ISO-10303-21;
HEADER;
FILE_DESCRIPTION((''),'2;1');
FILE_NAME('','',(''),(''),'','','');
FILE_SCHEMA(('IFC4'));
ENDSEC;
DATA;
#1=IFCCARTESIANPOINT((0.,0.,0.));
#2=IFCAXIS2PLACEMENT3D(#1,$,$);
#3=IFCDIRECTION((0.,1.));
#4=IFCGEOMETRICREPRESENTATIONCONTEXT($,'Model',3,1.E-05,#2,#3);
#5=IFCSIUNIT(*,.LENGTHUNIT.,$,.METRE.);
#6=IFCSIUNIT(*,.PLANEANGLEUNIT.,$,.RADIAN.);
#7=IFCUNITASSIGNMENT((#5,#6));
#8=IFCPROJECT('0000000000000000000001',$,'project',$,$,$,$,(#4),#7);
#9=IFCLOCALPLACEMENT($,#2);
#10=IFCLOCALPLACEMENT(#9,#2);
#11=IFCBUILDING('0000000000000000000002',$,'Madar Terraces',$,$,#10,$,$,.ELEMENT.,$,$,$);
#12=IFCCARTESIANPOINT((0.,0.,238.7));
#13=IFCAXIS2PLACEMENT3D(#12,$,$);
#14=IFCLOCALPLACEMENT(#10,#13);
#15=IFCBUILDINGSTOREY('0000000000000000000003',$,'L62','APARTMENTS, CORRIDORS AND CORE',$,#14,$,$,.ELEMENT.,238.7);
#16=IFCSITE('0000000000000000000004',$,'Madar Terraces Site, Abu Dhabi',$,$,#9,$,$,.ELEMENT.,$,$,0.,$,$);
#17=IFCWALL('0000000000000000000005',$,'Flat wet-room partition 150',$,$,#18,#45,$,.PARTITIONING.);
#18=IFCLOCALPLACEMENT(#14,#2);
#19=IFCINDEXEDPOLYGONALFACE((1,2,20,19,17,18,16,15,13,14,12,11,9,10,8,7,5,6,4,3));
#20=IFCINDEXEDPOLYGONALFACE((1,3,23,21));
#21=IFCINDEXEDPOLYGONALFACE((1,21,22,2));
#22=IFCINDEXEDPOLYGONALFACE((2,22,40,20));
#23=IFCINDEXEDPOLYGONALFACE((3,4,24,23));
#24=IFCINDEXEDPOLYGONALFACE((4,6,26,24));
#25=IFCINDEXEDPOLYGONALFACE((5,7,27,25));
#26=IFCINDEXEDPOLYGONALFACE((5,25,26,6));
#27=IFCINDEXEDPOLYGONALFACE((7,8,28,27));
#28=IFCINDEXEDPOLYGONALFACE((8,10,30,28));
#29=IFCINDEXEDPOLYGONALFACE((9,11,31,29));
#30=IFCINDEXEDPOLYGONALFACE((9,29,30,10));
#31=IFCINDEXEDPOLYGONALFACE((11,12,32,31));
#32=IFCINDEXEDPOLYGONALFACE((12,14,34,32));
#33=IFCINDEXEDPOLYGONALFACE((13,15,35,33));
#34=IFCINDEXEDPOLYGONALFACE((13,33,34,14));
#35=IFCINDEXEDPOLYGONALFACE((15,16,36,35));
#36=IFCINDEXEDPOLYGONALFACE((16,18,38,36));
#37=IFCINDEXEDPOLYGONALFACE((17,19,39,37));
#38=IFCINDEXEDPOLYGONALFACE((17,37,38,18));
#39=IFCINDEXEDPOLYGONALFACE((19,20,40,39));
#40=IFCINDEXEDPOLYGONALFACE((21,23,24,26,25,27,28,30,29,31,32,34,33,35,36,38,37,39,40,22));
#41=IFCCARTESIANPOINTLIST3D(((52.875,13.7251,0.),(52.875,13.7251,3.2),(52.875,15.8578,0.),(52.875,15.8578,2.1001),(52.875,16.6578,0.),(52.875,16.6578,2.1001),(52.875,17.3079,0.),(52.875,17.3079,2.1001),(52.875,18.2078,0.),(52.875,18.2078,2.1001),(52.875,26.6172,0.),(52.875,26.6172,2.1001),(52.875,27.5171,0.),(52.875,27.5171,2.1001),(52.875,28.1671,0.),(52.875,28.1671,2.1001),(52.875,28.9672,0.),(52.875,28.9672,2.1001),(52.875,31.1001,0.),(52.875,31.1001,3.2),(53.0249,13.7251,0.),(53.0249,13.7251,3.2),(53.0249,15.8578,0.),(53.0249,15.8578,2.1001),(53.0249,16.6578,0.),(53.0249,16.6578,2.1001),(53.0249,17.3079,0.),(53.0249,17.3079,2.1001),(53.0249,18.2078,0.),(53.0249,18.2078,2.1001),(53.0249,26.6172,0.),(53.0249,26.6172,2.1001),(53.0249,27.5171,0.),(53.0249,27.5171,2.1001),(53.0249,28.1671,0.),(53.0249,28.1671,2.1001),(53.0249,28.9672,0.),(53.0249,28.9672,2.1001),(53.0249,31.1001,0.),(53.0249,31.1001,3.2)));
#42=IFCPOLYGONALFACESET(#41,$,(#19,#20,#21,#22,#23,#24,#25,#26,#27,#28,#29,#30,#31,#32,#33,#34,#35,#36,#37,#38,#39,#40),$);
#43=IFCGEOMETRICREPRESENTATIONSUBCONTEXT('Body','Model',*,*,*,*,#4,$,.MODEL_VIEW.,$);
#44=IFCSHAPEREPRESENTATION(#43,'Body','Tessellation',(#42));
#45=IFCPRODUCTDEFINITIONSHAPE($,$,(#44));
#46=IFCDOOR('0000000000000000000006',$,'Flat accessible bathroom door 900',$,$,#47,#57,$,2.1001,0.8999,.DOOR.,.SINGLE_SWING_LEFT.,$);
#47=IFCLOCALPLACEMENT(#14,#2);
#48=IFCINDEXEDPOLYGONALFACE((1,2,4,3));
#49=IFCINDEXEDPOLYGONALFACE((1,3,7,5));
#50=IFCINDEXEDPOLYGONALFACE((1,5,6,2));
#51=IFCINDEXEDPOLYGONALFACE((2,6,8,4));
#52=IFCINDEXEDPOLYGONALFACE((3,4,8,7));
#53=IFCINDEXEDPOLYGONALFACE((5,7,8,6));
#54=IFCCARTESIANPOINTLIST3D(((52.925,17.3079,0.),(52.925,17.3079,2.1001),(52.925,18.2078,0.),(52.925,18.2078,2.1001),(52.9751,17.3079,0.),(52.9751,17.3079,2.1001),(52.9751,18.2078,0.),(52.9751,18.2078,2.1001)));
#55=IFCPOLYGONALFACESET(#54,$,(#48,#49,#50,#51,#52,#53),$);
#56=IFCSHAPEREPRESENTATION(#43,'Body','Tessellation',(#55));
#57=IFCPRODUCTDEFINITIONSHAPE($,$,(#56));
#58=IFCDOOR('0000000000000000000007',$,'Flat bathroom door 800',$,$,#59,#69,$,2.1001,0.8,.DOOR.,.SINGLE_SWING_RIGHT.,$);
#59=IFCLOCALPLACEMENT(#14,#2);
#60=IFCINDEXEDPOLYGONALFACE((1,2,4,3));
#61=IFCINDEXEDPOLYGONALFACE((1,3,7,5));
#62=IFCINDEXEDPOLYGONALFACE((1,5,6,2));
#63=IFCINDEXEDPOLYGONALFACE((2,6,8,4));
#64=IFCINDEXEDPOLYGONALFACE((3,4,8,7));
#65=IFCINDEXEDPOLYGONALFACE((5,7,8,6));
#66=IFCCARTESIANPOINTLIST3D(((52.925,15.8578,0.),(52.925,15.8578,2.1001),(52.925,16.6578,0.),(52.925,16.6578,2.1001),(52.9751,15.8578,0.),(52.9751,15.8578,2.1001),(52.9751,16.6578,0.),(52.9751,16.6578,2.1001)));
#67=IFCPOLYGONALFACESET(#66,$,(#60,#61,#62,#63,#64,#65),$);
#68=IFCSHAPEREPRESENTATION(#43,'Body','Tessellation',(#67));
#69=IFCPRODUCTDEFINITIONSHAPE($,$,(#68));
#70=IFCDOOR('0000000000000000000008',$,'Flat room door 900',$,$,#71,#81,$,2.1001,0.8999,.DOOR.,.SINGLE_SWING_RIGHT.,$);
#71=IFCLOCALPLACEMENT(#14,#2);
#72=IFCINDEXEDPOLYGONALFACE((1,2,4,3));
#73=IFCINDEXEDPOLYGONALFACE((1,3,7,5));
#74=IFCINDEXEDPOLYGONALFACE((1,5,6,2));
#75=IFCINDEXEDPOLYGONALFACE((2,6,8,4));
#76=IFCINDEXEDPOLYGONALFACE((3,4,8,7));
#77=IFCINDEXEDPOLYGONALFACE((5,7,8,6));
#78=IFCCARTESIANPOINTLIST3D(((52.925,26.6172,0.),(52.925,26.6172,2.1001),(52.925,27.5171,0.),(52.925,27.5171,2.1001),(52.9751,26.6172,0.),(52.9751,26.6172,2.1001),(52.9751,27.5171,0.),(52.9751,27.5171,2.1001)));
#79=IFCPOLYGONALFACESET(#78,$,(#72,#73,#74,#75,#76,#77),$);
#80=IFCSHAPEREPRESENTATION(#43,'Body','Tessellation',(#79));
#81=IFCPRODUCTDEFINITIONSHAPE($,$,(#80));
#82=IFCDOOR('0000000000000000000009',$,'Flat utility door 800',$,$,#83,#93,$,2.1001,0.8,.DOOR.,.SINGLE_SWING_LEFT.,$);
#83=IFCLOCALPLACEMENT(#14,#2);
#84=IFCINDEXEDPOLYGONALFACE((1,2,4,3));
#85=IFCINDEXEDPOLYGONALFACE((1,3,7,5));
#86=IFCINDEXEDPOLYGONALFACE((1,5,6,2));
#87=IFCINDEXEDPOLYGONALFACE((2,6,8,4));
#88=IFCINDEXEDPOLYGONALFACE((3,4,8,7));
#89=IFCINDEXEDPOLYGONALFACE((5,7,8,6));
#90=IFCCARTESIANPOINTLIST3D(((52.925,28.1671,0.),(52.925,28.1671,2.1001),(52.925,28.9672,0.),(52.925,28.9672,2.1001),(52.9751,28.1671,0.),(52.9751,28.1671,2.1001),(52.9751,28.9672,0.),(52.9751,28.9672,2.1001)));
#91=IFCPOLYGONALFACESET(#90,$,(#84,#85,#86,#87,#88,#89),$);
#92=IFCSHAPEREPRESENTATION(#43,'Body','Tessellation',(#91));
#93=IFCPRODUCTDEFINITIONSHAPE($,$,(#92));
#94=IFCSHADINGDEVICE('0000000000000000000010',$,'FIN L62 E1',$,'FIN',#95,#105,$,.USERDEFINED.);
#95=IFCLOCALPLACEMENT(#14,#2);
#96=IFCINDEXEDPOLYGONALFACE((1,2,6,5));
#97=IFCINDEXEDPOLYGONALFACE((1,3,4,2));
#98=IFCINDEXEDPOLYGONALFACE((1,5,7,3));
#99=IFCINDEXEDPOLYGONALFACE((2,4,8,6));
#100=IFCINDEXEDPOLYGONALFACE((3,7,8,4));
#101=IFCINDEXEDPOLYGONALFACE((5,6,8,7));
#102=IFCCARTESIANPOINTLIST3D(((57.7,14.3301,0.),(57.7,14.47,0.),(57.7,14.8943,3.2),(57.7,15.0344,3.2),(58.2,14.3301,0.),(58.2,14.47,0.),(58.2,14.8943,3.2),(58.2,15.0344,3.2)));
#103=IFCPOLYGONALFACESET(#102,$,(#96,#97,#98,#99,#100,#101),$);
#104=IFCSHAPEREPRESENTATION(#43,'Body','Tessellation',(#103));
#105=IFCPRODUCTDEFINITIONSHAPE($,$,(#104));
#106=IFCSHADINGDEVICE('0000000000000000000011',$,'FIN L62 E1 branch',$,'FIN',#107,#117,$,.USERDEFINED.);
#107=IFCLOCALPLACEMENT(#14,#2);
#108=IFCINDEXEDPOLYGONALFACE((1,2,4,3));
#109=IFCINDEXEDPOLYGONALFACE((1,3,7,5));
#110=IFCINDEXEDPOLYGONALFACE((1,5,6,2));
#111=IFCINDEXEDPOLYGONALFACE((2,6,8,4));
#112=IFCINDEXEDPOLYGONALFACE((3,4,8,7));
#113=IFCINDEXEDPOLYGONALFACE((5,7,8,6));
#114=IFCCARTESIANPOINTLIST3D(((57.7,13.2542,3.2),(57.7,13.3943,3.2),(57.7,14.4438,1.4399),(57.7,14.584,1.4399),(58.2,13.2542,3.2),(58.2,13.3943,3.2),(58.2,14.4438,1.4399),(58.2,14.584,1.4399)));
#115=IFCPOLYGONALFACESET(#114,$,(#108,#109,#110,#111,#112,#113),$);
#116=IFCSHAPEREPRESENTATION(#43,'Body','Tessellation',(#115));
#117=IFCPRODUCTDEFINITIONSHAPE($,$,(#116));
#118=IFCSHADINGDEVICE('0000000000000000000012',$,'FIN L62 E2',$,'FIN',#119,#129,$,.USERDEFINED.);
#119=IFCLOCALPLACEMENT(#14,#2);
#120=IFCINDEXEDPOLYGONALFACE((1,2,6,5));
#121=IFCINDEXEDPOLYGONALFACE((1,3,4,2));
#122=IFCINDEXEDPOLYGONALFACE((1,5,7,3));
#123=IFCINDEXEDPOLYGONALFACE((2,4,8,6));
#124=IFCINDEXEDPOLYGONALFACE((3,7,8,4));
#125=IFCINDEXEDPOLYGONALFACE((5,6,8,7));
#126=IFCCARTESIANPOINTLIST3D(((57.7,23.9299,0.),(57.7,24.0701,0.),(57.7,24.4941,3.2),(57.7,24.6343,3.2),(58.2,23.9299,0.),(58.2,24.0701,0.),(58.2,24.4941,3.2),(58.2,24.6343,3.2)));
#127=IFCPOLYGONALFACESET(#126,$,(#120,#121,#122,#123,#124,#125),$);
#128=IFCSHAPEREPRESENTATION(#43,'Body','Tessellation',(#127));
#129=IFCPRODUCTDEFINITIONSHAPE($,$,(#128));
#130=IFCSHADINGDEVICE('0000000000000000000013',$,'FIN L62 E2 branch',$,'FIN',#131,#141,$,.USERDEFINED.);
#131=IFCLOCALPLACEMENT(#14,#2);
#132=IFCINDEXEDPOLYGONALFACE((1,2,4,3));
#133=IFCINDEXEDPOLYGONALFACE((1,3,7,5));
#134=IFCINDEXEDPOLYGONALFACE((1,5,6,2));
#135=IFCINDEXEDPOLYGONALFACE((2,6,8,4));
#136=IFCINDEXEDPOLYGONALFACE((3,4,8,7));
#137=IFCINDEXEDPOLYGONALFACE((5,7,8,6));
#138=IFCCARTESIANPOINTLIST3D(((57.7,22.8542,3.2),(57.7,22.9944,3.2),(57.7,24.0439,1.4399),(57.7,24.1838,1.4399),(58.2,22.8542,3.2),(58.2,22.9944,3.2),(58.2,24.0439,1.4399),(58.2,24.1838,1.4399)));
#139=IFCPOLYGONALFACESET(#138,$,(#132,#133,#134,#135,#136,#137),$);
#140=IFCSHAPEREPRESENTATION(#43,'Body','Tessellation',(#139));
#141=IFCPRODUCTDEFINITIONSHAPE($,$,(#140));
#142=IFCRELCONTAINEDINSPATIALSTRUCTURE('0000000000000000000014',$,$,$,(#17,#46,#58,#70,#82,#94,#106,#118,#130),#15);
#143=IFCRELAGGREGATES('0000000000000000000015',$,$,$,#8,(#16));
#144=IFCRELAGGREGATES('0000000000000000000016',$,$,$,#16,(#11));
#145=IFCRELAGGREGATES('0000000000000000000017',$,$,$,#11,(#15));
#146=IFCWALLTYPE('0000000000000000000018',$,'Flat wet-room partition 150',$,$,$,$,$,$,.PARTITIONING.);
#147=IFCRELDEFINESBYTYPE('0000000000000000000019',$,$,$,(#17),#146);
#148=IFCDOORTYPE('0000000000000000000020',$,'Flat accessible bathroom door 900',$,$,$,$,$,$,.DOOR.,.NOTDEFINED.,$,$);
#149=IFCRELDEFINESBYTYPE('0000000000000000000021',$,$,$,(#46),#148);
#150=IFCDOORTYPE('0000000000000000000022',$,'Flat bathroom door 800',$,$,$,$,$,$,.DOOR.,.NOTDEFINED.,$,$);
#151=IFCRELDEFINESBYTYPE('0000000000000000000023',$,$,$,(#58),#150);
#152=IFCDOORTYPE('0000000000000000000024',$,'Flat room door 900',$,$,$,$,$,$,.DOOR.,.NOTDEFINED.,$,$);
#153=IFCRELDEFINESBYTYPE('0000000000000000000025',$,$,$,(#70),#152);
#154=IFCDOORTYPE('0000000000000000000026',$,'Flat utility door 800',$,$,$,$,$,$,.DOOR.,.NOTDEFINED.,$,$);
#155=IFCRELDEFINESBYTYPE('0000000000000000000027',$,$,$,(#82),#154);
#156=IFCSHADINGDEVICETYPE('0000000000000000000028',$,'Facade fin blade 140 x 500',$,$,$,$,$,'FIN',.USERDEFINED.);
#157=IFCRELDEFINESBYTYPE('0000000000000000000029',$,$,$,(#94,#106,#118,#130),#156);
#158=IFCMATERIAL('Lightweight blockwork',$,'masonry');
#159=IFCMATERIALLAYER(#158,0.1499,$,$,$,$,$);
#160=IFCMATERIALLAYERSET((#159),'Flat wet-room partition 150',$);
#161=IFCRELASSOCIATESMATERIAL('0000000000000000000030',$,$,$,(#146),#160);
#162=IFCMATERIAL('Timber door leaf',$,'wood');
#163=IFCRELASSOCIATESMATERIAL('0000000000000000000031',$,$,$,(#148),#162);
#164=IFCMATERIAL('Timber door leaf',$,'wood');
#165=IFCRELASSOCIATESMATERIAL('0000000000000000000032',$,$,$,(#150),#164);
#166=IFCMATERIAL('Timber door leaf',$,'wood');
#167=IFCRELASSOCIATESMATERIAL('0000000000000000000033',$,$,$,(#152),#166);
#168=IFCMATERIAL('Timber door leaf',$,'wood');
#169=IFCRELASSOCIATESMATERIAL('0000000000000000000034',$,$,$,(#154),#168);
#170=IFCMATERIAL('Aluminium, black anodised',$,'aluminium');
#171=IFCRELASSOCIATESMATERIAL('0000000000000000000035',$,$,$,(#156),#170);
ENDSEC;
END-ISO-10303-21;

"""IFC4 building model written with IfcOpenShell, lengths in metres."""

from ifc_helpers import new_model, si_unit, direction, frame, frame_2d, origin, place, context, subcontext, project, spatial, polyline, rectangle, outline, extrude, material, layer, layer_set, type_object, element, fill, save


model = new_model("IFC4")

# Units and contexts
model_context = context("Model", 3, precision=1e-05, world=origin(), true_north=direction((0.0, 1.0)))
body_context = subcontext(model_context, "Body", "Model", "MODEL_VIEW")
ifc_project = project(units=[si_unit("LENGTHUNIT", "METRE"), si_unit("PLANEANGLEUNIT", "RADIAN")], contexts=[model_context])

# Site, building, storey
site_placement = place(None, origin())
site = spatial("IfcSite", under=ifc_project, at=site_placement, Name="Madar Terraces Site, Abu Dhabi", CompositionType="ELEMENT", RefElevation=0.0)
building_placement = place(site_placement, origin())
building = spatial("IfcBuilding", under=site, at=building_placement, Name="Madar Terraces", CompositionType="ELEMENT")
storey_placement = place(building_placement, frame((0.0, 0.0, 238.7)))
storey = spatial("IfcBuildingStorey", under=building, at=storey_placement, Name="L62", Description="APARTMENTS, CORRIDORS AND CORE", CompositionType="ELEMENT", Elevation=238.7)

# Shared definitions
ifc_material_1 = material(Name="Lightweight blockwork", Category="masonry")
ifc_layer_1 = layer(ifc_material_1, 0.1499)
ifc_layer_set_1 = layer_set([ifc_layer_1], Name="Flat wet-room partition 150")
wall_type_1 = type_object("IfcWallType", Name="Flat wet-room partition 150", PredefinedType="PARTITIONING", material=ifc_layer_set_1)

# Wall, openings, doors
wall_1_placement = place(storey_placement, frame((52.95, 13.7251, 0.0), z_axis=(0.0, 0.0, 1.0), x_axis=(0.0, 1.0, 0.0)))
wall_1 = element("IfcWall", 1, at=wall_1_placement, inside=storey, type_object=wall_type_1, Name="Flat wet-room partition 150", PredefinedType="PARTITIONING", context=body_context, shape_type="SweptSolid", body=[
    extrude(rectangle(XDim=17.375, YDim=0.1499, at=frame_2d((8.6875, 0.0))), origin(), (0.0, 0.0, 1.0), 3.2),
])
opening_1_placement = place(wall_1_placement, frame((2.1328, 0.0, 0.0)))
opening_1 = element("IfcOpeningElement", 2, at=opening_1_placement, cuts=wall_1, PredefinedType="OPENING", context=body_context, shape_type="SweptSolid", body=[
    extrude(rectangle(XDim=0.8, YDim=2.1001, at=frame_2d((0.3999, 1.05))), frame((0.0, 0.085, 0.0), z_axis=(0.0, -1.0, 0.0), x_axis=(1.0, 0.0, 0.0)), (0.0, 0.0, 1.0), 0.1699),
])
opening_2_placement = place(wall_1_placement, frame((3.5828, 0.0, 0.0)))
opening_2 = element("IfcOpeningElement", 3, at=opening_2_placement, cuts=wall_1, PredefinedType="OPENING", context=body_context, shape_type="SweptSolid", body=[
    extrude(rectangle(XDim=0.8999, YDim=2.1001, at=frame_2d((0.45, 1.05))), frame((0.0, 0.085, 0.0), z_axis=(0.0, -1.0, 0.0), x_axis=(1.0, 0.0, 0.0)), (0.0, 0.0, 1.0), 0.1699),
])
opening_3_placement = place(wall_1_placement, frame((12.8921, 0.0, 0.0)))
opening_3 = element("IfcOpeningElement", 4, at=opening_3_placement, cuts=wall_1, PredefinedType="OPENING", context=body_context, shape_type="SweptSolid", body=[
    extrude(rectangle(XDim=0.8999, YDim=2.1001, at=frame_2d((0.45, 1.05))), frame((0.0, 0.085, 0.0), z_axis=(0.0, -1.0, 0.0), x_axis=(1.0, 0.0, 0.0)), (0.0, 0.0, 1.0), 0.1699),
])
opening_4_placement = place(wall_1_placement, frame((14.4421, 0.0, 0.0)))
opening_4 = element("IfcOpeningElement", 5, at=opening_4_placement, cuts=wall_1, PredefinedType="OPENING", context=body_context, shape_type="SweptSolid", body=[
    extrude(rectangle(XDim=0.8, YDim=2.1001, at=frame_2d((0.3999, 1.05))), frame((0.0, 0.085, 0.0), z_axis=(0.0, -1.0, 0.0), x_axis=(1.0, 0.0, 0.0)), (0.0, 0.0, 1.0), 0.1699),
])
ifc_material_2 = material(Name="Timber door leaf", Category="wood")
door_type_1 = type_object("IfcDoorType", Name="Flat accessible bathroom door 900", OperationType="NOTDEFINED", PredefinedType="DOOR", material=ifc_material_2)
door_1_placement = place(opening_2_placement, origin())
door_1 = element("IfcDoor", 6, at=door_1_placement, inside=storey, type_object=door_type_1, Name="Flat accessible bathroom door 900", OperationType="SINGLE_SWING_LEFT", OverallHeight=2.1001, OverallWidth=0.8999, PredefinedType="DOOR", context=body_context, shape_type="SweptSolid", body=[
    extrude(rectangle(XDim=0.8999, YDim=2.1001, at=frame_2d((0.45, 1.05))), frame((0.0, 0.0249, 0.0), z_axis=(0.0, -1.0, 0.0), x_axis=(1.0, 0.0, 0.0)), (0.0, 0.0, 1.0), 0.05),
])
fill(opening_2, door_1)
ifc_material_3 = material(Name="Timber door leaf", Category="wood")
door_type_2 = type_object("IfcDoorType", Name="Flat bathroom door 800", OperationType="NOTDEFINED", PredefinedType="DOOR", material=ifc_material_3)
door_2_placement = place(opening_1_placement, origin())
door_2 = element("IfcDoor", 7, at=door_2_placement, inside=storey, type_object=door_type_2, Name="Flat bathroom door 800", OperationType="SINGLE_SWING_RIGHT", OverallHeight=2.1001, OverallWidth=0.8, PredefinedType="DOOR", context=body_context, shape_type="SweptSolid", body=[
    extrude(rectangle(XDim=0.8, YDim=2.1001, at=frame_2d((0.3999, 1.05))), frame((0.0, 0.0249, 0.0), z_axis=(0.0, -1.0, 0.0), x_axis=(1.0, 0.0, 0.0)), (0.0, 0.0, 1.0), 0.05),
])
fill(opening_1, door_2)
ifc_material_4 = material(Name="Timber door leaf", Category="wood")
door_type_3 = type_object("IfcDoorType", Name="Flat room door 900", OperationType="NOTDEFINED", PredefinedType="DOOR", material=ifc_material_4)
door_3_placement = place(opening_3_placement, origin())
door_3 = element("IfcDoor", 8, at=door_3_placement, inside=storey, type_object=door_type_3, Name="Flat room door 900", OperationType="SINGLE_SWING_RIGHT", OverallHeight=2.1001, OverallWidth=0.8999, PredefinedType="DOOR", context=body_context, shape_type="SweptSolid", body=[
    extrude(rectangle(XDim=0.8999, YDim=2.1001, at=frame_2d((0.45, 1.05))), frame((0.0, 0.0249, 0.0), z_axis=(0.0, -1.0, 0.0), x_axis=(1.0, 0.0, 0.0)), (0.0, 0.0, 1.0), 0.05),
])
fill(opening_3, door_3)
ifc_material_5 = material(Name="Timber door leaf", Category="wood")
door_type_4 = type_object("IfcDoorType", Name="Flat utility door 800", OperationType="NOTDEFINED", PredefinedType="DOOR", material=ifc_material_5)
door_4_placement = place(opening_4_placement, origin())
door_4 = element("IfcDoor", 9, at=door_4_placement, inside=storey, type_object=door_type_4, Name="Flat utility door 800", OperationType="SINGLE_SWING_LEFT", OverallHeight=2.1001, OverallWidth=0.8, PredefinedType="DOOR", context=body_context, shape_type="SweptSolid", body=[
    extrude(rectangle(XDim=0.8, YDim=2.1001, at=frame_2d((0.3999, 1.05))), frame((0.0, 0.0249, 0.0), z_axis=(0.0, -1.0, 0.0), x_axis=(1.0, 0.0, 0.0)), (0.0, 0.0, 1.0), 0.05),
])
fill(opening_4, door_4)

# Shading devices
ifc_material_6 = material(Name="Aluminium, black anodised", Category="aluminium")
shading_device_type = type_object("IfcShadingDeviceType", Name="Facade fin blade 140 x 500", ElementType="FIN", PredefinedType="USERDEFINED", material=ifc_material_6)
shading_device_1_placement = place(storey_placement, frame((57.95, 14.3301, 0.0), z_axis=(0.0, 0.0, 1.0), x_axis=(0.0, 1.0, 0.0)))
element("IfcShadingDevice", 10, at=shading_device_1_placement, inside=storey, type_object=shading_device_type, Name="FIN L62 E1", ObjectType="FIN", PredefinedType="USERDEFINED", context=body_context, shape_type="SweptSolid", body=[
    extrude(outline(polyline([(0.0, 0.0), (0.1399, 0.0), (0.7043, 3.2), (0.5642, 3.2), (0.0, 0.0)])), frame((0.0, 0.25, 0.0), z_axis=(0.0, -1.0, 0.0), x_axis=(1.0, 0.0, 0.0)), (0.0, 0.0, 1.0), 0.5),
])
shading_device_2_placement = place(storey_placement, frame((57.95, 14.4438, 1.4399), z_axis=(0.0, 0.0, 1.0), x_axis=(0.0, 1.0, 0.0)))
element("IfcShadingDevice", 11, at=shading_device_2_placement, inside=storey, type_object=shading_device_type, Name="FIN L62 E1 branch", ObjectType="FIN", PredefinedType="USERDEFINED", context=body_context, shape_type="SweptSolid", body=[
    extrude(outline(polyline([(0.0, 0.0), (0.1401, 0.0), (-1.0496, 1.76), (-1.1897, 1.76), (0.0, 0.0)])), frame((0.0, 0.25, 0.0), z_axis=(0.0, -1.0, 0.0), x_axis=(1.0, 0.0, 0.0)), (0.0, 0.0, 1.0), 0.5),
])
shading_device_3_placement = place(storey_placement, frame((57.95, 23.9299, 0.0), z_axis=(0.0, 0.0, 1.0), x_axis=(0.0, 1.0, 0.0)))
element("IfcShadingDevice", 12, at=shading_device_3_placement, inside=storey, type_object=shading_device_type, Name="FIN L62 E2", ObjectType="FIN", PredefinedType="USERDEFINED", context=body_context, shape_type="SweptSolid", body=[
    extrude(outline(polyline([(0.0, 0.0), (0.1401, 0.0), (0.7043, 3.2), (0.5642, 3.2), (0.0, 0.0)])), frame((0.0, 0.25, 0.0), z_axis=(0.0, -1.0, 0.0), x_axis=(1.0, 0.0, 0.0)), (0.0, 0.0, 1.0), 0.5),
])
shading_device_4_placement = place(storey_placement, frame((57.95, 24.0439, 1.4399), z_axis=(0.0, 0.0, 1.0), x_axis=(0.0, 1.0, 0.0)))
element("IfcShadingDevice", 13, at=shading_device_4_placement, inside=storey, type_object=shading_device_type, Name="FIN L62 E2 branch", ObjectType="FIN", PredefinedType="USERDEFINED", context=body_context, shape_type="SweptSolid", body=[
    extrude(outline(polyline([(0.0, 0.0), (0.1399, 0.0), (-1.0496, 1.76), (-1.1897, 1.76), (0.0, 0.0)])), frame((0.0, 0.25, 0.0), z_axis=(0.0, -1.0, 0.0), x_axis=(1.0, 0.0, 0.0)), (0.0, 0.0, 1.0), 0.5),
])

save(model, "model.ifc")
